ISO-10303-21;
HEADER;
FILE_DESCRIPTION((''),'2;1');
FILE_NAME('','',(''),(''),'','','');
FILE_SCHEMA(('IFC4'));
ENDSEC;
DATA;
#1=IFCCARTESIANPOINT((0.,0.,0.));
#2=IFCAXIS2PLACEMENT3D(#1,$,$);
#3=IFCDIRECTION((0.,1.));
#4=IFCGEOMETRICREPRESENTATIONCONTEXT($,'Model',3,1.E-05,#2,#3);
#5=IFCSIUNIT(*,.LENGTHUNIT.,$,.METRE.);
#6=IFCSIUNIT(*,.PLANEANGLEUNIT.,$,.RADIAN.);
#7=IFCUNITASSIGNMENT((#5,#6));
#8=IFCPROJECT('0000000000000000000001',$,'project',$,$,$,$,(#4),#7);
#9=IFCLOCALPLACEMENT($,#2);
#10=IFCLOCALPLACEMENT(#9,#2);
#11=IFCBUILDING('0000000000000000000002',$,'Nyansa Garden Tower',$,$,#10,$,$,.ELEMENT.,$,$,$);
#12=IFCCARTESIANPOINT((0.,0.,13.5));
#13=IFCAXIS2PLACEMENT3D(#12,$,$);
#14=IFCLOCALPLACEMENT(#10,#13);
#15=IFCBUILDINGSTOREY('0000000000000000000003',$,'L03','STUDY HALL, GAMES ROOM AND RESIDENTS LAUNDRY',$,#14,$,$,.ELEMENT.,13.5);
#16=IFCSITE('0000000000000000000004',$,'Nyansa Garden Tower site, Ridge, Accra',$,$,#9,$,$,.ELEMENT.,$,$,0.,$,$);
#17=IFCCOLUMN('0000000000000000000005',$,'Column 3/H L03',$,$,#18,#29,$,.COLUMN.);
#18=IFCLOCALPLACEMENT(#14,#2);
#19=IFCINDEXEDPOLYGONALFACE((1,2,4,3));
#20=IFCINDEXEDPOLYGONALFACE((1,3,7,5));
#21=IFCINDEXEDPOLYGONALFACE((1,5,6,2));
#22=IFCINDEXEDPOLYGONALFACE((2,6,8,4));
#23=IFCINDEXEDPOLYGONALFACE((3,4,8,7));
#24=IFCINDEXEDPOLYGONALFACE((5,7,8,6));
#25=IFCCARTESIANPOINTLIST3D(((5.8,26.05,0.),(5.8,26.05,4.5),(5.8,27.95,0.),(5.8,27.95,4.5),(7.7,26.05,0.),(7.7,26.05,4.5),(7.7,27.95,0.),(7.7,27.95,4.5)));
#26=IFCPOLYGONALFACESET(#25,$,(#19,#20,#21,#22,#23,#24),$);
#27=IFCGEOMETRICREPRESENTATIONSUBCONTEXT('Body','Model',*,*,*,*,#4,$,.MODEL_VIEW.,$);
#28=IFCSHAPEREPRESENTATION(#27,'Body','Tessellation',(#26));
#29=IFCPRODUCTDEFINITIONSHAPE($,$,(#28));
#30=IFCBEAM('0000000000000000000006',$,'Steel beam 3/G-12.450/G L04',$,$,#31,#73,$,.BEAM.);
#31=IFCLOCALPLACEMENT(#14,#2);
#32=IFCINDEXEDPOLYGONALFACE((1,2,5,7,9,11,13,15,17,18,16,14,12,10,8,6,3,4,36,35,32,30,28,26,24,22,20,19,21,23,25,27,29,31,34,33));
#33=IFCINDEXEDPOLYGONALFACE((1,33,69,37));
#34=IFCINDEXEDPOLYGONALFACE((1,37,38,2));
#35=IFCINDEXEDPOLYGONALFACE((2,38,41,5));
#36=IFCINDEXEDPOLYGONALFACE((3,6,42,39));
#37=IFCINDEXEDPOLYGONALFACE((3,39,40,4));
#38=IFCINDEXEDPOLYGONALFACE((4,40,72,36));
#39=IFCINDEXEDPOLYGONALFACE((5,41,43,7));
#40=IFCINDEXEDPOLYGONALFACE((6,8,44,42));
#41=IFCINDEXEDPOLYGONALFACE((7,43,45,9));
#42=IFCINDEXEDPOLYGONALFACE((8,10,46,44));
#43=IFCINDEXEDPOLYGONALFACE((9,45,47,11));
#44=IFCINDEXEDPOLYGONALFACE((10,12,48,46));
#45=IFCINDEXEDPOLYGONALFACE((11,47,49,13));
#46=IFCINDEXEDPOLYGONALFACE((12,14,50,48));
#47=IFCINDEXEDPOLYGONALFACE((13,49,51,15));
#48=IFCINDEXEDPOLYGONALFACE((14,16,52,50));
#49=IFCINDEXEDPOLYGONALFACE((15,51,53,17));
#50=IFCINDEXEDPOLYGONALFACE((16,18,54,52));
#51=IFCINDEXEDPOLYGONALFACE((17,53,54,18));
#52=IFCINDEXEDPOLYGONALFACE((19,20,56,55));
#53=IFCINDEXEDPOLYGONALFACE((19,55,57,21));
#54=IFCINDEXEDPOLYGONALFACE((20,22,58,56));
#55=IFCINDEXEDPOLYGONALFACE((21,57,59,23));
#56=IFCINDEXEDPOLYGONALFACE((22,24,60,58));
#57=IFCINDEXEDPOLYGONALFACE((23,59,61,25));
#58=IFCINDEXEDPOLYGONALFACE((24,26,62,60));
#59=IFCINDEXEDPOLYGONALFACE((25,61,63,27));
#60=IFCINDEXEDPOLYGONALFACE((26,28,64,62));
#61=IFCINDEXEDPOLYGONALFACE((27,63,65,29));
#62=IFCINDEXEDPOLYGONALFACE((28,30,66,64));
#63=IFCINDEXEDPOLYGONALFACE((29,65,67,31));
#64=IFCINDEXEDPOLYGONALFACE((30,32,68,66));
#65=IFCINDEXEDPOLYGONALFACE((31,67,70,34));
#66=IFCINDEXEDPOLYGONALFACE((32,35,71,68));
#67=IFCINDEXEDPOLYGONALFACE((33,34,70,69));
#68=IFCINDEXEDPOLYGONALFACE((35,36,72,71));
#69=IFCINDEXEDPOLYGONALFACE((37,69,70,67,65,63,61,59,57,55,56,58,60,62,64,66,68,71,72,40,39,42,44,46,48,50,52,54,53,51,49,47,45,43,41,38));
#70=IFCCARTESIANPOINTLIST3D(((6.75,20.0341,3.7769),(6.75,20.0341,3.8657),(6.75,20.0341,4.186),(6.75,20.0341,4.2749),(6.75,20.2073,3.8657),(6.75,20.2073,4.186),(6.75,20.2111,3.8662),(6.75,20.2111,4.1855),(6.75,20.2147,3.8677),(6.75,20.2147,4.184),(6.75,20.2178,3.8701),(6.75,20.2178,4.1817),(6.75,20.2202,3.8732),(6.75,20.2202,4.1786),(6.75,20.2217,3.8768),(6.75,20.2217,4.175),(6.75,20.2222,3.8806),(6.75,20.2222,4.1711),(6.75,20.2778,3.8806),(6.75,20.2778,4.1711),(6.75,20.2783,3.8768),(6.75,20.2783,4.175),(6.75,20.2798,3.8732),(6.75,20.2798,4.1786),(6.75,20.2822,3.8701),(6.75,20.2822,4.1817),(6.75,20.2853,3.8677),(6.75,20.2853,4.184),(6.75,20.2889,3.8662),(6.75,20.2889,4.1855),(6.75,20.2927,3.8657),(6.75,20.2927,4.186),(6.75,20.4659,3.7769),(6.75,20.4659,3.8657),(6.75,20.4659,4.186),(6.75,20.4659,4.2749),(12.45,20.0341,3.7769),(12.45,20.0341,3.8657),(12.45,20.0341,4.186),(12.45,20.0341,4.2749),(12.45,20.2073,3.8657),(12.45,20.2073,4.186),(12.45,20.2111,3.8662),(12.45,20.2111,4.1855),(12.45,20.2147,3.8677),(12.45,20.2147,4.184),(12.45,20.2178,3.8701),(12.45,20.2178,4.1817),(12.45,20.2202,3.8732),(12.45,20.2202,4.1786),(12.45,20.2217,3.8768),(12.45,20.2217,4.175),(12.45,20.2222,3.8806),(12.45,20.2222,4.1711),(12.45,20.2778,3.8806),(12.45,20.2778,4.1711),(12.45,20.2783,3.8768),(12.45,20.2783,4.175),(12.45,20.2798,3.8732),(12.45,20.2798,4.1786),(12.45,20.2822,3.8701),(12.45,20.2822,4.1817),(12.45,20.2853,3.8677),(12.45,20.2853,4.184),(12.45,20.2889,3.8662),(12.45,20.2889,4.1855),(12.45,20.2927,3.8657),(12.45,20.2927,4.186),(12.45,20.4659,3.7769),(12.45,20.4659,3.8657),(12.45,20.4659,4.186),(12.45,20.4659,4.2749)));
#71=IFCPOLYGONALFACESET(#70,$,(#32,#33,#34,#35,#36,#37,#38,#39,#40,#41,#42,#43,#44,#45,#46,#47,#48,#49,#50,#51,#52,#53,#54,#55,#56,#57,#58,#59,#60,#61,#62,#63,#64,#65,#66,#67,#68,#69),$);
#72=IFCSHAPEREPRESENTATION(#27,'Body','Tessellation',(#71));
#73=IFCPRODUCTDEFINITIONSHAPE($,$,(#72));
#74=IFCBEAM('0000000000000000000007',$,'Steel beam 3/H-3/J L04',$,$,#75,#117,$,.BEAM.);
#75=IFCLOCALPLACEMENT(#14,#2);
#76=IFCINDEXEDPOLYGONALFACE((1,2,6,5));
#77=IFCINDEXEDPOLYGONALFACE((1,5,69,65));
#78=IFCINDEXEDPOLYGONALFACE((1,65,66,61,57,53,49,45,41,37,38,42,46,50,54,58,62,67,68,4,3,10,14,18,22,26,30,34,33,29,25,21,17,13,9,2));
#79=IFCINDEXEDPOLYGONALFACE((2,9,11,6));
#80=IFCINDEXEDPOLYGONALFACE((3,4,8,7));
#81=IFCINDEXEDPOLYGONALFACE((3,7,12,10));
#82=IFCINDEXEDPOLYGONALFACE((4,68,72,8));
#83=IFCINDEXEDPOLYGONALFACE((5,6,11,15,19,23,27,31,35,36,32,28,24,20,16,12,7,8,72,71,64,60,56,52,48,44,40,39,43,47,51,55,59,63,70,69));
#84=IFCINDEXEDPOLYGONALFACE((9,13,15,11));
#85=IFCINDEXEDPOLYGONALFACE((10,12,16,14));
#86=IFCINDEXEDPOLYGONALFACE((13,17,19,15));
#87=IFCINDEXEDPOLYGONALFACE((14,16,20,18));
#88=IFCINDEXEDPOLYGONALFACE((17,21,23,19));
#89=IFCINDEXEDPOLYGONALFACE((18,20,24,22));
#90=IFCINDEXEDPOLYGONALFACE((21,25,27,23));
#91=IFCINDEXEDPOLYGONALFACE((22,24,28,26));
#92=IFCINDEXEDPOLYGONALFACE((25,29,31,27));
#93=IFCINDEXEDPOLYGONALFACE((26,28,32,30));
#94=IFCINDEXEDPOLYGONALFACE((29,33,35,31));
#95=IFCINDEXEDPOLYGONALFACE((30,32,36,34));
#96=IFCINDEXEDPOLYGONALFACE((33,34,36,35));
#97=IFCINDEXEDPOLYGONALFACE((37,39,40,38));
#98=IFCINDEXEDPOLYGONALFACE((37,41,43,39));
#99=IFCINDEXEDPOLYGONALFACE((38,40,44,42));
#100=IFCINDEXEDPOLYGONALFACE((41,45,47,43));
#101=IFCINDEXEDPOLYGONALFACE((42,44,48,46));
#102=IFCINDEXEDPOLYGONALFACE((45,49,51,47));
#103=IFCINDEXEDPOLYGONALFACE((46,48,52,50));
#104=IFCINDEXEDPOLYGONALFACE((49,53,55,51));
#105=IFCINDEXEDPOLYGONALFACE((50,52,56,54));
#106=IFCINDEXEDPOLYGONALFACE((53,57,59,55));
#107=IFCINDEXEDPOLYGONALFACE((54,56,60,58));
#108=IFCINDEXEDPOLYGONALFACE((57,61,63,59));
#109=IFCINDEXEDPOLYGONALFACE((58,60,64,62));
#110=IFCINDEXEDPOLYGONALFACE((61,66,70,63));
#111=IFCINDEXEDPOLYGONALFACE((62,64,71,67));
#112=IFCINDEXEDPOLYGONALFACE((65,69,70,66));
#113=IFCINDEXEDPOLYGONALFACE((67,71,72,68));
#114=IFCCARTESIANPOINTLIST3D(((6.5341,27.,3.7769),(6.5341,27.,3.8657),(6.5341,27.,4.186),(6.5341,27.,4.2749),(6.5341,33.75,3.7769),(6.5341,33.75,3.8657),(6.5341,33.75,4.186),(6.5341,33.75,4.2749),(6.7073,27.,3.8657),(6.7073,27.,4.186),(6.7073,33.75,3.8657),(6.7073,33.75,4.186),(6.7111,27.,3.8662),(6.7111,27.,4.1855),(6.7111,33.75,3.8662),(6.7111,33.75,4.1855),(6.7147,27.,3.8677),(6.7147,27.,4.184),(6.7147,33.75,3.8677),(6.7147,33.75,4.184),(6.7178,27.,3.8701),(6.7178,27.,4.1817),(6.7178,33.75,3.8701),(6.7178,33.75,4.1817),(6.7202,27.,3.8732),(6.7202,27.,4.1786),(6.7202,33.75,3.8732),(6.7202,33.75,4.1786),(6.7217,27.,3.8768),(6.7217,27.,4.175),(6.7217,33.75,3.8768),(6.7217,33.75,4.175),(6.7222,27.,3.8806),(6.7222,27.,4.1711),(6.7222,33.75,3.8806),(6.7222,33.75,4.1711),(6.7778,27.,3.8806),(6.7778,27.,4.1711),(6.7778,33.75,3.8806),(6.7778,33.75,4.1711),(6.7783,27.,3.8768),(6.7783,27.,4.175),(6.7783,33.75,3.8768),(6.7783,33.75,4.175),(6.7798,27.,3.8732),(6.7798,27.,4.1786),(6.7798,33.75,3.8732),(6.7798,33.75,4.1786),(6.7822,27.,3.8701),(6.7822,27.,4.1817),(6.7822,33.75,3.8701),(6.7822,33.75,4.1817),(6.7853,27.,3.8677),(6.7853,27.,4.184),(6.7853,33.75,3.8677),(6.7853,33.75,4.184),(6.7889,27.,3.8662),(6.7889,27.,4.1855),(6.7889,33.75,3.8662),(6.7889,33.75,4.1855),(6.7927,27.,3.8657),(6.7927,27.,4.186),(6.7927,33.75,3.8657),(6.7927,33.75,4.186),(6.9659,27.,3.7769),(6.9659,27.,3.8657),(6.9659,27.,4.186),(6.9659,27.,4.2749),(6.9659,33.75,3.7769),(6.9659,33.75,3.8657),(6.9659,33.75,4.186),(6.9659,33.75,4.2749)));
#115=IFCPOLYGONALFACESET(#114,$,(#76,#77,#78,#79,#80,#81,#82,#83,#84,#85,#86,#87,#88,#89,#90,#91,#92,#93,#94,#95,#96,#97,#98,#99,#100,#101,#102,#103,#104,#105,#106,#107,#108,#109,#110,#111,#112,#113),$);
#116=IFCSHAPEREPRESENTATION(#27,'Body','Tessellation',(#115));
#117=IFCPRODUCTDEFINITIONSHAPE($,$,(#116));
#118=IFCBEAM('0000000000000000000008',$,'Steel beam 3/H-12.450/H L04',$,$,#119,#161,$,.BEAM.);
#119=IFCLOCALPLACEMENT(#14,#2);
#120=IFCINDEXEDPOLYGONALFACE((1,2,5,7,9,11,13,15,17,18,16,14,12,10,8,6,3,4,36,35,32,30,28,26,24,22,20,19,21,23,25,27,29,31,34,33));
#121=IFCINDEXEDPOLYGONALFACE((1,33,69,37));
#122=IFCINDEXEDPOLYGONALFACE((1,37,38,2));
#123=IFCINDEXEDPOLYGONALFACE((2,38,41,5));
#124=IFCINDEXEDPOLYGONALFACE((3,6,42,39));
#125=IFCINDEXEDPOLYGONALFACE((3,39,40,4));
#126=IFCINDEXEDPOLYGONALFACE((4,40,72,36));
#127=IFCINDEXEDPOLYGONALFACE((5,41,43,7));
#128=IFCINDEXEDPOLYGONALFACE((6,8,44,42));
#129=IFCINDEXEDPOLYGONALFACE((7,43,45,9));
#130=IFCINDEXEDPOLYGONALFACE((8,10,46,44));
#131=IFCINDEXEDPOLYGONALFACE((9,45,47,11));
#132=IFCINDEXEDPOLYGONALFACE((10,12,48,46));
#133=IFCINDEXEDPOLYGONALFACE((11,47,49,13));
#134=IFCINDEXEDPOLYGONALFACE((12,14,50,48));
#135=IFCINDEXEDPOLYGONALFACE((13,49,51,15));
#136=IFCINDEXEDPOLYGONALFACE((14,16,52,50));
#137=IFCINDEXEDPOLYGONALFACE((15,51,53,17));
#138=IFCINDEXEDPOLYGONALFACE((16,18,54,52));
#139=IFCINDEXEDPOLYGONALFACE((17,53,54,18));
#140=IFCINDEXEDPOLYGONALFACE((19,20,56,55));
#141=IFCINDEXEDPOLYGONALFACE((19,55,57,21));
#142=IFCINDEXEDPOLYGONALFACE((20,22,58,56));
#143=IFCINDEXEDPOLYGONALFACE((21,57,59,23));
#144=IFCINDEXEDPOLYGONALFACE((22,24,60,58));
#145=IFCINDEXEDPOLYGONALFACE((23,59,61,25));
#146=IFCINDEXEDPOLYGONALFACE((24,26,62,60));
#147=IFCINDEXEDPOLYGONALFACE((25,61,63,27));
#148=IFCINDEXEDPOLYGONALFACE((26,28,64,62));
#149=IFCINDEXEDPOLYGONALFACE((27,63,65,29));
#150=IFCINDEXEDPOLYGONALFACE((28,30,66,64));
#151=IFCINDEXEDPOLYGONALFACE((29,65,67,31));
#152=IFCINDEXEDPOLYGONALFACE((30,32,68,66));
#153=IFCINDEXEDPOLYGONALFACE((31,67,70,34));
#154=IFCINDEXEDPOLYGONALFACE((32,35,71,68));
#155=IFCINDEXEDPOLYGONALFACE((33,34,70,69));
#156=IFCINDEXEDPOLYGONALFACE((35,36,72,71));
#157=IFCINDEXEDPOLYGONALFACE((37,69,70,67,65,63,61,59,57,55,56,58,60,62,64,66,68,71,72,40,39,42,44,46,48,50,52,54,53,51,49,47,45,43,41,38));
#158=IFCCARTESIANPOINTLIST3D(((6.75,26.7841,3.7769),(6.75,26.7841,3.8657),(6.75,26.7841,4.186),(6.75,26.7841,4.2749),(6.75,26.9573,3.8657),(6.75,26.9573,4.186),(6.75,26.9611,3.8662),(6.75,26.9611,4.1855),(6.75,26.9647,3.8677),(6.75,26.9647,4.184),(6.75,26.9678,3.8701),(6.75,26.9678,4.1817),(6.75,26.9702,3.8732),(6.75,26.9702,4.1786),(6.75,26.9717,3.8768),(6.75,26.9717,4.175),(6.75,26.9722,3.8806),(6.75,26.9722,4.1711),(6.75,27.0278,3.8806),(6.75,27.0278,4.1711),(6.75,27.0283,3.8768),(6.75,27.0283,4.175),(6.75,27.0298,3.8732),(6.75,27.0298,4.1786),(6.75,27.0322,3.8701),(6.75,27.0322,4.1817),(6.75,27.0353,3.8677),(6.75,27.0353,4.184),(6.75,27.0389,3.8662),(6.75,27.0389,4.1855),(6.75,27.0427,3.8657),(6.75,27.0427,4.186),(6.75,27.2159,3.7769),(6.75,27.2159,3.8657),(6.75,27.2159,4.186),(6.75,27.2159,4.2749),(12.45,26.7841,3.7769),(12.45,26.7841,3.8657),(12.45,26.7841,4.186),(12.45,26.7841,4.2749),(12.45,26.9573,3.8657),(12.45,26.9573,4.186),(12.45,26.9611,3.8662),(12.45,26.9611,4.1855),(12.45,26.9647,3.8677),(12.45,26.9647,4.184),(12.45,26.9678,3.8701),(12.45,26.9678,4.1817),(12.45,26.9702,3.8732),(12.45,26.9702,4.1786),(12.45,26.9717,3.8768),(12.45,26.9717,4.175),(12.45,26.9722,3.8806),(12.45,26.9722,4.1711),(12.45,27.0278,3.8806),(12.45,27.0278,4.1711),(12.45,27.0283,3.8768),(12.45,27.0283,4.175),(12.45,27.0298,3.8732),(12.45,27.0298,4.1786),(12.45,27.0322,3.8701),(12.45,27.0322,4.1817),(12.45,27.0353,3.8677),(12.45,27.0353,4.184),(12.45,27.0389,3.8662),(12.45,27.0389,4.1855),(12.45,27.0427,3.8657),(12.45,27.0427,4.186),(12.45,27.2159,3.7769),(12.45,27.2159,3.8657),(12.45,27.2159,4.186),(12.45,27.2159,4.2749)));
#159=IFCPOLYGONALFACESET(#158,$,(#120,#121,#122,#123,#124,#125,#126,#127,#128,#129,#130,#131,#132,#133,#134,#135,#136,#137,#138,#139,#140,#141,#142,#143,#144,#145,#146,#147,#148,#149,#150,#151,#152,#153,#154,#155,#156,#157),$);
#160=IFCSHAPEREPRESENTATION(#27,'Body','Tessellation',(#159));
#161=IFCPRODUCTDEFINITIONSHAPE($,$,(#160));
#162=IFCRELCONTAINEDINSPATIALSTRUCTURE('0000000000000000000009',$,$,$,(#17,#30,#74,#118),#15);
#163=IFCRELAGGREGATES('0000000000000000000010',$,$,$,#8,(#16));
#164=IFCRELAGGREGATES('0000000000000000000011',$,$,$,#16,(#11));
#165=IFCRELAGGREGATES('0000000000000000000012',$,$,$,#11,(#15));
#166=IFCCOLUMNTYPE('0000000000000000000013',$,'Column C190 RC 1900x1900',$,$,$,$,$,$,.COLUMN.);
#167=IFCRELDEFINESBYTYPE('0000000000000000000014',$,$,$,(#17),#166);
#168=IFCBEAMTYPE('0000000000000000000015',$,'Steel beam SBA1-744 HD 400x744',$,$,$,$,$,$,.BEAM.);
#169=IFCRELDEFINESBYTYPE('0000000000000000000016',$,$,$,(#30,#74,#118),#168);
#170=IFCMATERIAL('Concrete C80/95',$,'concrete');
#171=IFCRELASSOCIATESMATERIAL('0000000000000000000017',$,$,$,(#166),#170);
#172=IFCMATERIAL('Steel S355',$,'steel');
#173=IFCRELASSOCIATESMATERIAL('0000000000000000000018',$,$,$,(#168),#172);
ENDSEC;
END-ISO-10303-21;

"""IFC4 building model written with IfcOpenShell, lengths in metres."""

from ifc_helpers import new_model, si_unit, direction, frame, origin, origin_2d, place, context, subcontext, project, spatial, rectangle, i_section, extrude, material, material_profile, profile_set, type_object, element, save


model = new_model("IFC4")

# Units and contexts
model_context = context("Model", 3, precision=1e-05, world=origin(), true_north=direction((0.0, 1.0)))
body_context = subcontext(model_context, "Body", "Model", "MODEL_VIEW")
ifc_project = project(units=[si_unit("LENGTHUNIT", "METRE"), si_unit("PLANEANGLEUNIT", "RADIAN")], contexts=[model_context])

# Site, building, storey
site_placement = place(None, origin())
site = spatial("IfcSite", under=ifc_project, at=site_placement, Name="Nyansa Garden Tower site, Ridge, Accra", CompositionType="ELEMENT", RefElevation=0.0)
building_placement = place(site_placement, origin())
building = spatial("IfcBuilding", under=site, at=building_placement, Name="Nyansa Garden Tower", CompositionType="ELEMENT")
storey_placement = place(building_placement, frame((0.0, 0.0, 13.5)))
storey = spatial("IfcBuildingStorey", under=building, at=storey_placement, Name="L03", Description="STUDY HALL, GAMES ROOM AND RESIDENTS LAUNDRY", CompositionType="ELEMENT", Elevation=13.5)

# Column
ifc_material_1 = material(Name="Concrete C80/95", Category="concrete")
ifc_material_profile_1 = material_profile(ifc_material_1, rectangle(XDim=1.8999, YDim=1.8999, at=origin_2d()), Name="RC 1900x1900")
ifc_profile_set_1 = profile_set([ifc_material_profile_1], Name="Concrete C80/95")
column_type = type_object("IfcColumnType", Name="Column C190 RC 1900x1900", PredefinedType="COLUMN", material=ifc_profile_set_1)
column_placement = place(storey_placement, frame((6.75, 27.0, 0.0), z_axis=(0.0, 0.0, 1.0), x_axis=(1.0, 0.0, 0.0)))
element("IfcColumn", 1, at=column_placement, inside=storey, type_object=column_type, Name="Column 3/H L03", PredefinedType="COLUMN", context=body_context, shape_type="SweptSolid", body=[
    extrude(rectangle(XDim=1.8999, YDim=1.8999, at=origin_2d()), origin(), (0.0, 0.0, 1.0), 4.5),
])

# Beams
ifc_material_2 = material(Name="Steel S355", Category="steel")
ifc_material_profile_2 = material_profile(ifc_material_2, i_section(OverallWidth=0.4319, OverallDepth=0.498, WebThickness=0.0557, FlangeThickness=0.0889, FilletRadius=0.0149, at=origin_2d()), Name="HD 400x744")
ifc_profile_set_2 = profile_set([ifc_material_profile_2], Name="Steel S355")
beam_type_1 = type_object("IfcBeamType", Name="Steel beam SBA1-744 HD 400x744", PredefinedType="BEAM", material=ifc_profile_set_2)
beam_1_placement = place(storey_placement, frame((6.75, 20.25, 4.0259), z_axis=(1.0, 0.0, 0.0), x_axis=(0.0, 1.0, 0.0)))
element("IfcBeam", 2, at=beam_1_placement, inside=storey, type_object=beam_type_1, Name="Steel beam 3/G-12.450/G L04", PredefinedType="BEAM", context=body_context, shape_type="SweptSolid", body=[
    extrude(i_section(OverallWidth=0.4319, OverallDepth=0.498, WebThickness=0.0557, FlangeThickness=0.0889, FilletRadius=0.0149, at=origin_2d()), origin(), (0.0, 0.0, 1.0), 5.7),
])
beam_2_placement = place(storey_placement, frame((6.75, 27.0, 4.0259), z_axis=(0.0, 1.0, 0.0), x_axis=(-1.0, 0.0, 0.0)))
element("IfcBeam", 3, at=beam_2_placement, inside=storey, type_object=beam_type_1, Name="Steel beam 3/H-3/J L04", PredefinedType="BEAM", context=body_context, shape_type="SweptSolid", body=[
    extrude(i_section(OverallWidth=0.4319, OverallDepth=0.498, WebThickness=0.0557, FlangeThickness=0.0889, FilletRadius=0.0149, at=origin_2d()), origin(), (0.0, 0.0, 1.0), 6.75),
])
for number, where, z_axis, x_axis, name in (
    (4, (6.75, 27.0, 4.0259), (1.0, 0.0, 0.0), (0.0, 1.0, 0.0), "Steel beam 3/H-12.450/H L04"),
):
    element("IfcBeam", number, at=place(storey_placement, frame(where, z_axis=z_axis, x_axis=x_axis)), inside=storey, type_object=beam_type_1, Name=name, PredefinedType="BEAM", context=body_context, shape_type="SweptSolid", body=[
        extrude(i_section(OverallWidth=0.4319, OverallDepth=0.498, WebThickness=0.0557, FlangeThickness=0.0889, FilletRadius=0.0149, at=origin_2d()), origin(), (0.0, 0.0, 1.0), 5.7),
    ])

save(model, "model.ifc")
